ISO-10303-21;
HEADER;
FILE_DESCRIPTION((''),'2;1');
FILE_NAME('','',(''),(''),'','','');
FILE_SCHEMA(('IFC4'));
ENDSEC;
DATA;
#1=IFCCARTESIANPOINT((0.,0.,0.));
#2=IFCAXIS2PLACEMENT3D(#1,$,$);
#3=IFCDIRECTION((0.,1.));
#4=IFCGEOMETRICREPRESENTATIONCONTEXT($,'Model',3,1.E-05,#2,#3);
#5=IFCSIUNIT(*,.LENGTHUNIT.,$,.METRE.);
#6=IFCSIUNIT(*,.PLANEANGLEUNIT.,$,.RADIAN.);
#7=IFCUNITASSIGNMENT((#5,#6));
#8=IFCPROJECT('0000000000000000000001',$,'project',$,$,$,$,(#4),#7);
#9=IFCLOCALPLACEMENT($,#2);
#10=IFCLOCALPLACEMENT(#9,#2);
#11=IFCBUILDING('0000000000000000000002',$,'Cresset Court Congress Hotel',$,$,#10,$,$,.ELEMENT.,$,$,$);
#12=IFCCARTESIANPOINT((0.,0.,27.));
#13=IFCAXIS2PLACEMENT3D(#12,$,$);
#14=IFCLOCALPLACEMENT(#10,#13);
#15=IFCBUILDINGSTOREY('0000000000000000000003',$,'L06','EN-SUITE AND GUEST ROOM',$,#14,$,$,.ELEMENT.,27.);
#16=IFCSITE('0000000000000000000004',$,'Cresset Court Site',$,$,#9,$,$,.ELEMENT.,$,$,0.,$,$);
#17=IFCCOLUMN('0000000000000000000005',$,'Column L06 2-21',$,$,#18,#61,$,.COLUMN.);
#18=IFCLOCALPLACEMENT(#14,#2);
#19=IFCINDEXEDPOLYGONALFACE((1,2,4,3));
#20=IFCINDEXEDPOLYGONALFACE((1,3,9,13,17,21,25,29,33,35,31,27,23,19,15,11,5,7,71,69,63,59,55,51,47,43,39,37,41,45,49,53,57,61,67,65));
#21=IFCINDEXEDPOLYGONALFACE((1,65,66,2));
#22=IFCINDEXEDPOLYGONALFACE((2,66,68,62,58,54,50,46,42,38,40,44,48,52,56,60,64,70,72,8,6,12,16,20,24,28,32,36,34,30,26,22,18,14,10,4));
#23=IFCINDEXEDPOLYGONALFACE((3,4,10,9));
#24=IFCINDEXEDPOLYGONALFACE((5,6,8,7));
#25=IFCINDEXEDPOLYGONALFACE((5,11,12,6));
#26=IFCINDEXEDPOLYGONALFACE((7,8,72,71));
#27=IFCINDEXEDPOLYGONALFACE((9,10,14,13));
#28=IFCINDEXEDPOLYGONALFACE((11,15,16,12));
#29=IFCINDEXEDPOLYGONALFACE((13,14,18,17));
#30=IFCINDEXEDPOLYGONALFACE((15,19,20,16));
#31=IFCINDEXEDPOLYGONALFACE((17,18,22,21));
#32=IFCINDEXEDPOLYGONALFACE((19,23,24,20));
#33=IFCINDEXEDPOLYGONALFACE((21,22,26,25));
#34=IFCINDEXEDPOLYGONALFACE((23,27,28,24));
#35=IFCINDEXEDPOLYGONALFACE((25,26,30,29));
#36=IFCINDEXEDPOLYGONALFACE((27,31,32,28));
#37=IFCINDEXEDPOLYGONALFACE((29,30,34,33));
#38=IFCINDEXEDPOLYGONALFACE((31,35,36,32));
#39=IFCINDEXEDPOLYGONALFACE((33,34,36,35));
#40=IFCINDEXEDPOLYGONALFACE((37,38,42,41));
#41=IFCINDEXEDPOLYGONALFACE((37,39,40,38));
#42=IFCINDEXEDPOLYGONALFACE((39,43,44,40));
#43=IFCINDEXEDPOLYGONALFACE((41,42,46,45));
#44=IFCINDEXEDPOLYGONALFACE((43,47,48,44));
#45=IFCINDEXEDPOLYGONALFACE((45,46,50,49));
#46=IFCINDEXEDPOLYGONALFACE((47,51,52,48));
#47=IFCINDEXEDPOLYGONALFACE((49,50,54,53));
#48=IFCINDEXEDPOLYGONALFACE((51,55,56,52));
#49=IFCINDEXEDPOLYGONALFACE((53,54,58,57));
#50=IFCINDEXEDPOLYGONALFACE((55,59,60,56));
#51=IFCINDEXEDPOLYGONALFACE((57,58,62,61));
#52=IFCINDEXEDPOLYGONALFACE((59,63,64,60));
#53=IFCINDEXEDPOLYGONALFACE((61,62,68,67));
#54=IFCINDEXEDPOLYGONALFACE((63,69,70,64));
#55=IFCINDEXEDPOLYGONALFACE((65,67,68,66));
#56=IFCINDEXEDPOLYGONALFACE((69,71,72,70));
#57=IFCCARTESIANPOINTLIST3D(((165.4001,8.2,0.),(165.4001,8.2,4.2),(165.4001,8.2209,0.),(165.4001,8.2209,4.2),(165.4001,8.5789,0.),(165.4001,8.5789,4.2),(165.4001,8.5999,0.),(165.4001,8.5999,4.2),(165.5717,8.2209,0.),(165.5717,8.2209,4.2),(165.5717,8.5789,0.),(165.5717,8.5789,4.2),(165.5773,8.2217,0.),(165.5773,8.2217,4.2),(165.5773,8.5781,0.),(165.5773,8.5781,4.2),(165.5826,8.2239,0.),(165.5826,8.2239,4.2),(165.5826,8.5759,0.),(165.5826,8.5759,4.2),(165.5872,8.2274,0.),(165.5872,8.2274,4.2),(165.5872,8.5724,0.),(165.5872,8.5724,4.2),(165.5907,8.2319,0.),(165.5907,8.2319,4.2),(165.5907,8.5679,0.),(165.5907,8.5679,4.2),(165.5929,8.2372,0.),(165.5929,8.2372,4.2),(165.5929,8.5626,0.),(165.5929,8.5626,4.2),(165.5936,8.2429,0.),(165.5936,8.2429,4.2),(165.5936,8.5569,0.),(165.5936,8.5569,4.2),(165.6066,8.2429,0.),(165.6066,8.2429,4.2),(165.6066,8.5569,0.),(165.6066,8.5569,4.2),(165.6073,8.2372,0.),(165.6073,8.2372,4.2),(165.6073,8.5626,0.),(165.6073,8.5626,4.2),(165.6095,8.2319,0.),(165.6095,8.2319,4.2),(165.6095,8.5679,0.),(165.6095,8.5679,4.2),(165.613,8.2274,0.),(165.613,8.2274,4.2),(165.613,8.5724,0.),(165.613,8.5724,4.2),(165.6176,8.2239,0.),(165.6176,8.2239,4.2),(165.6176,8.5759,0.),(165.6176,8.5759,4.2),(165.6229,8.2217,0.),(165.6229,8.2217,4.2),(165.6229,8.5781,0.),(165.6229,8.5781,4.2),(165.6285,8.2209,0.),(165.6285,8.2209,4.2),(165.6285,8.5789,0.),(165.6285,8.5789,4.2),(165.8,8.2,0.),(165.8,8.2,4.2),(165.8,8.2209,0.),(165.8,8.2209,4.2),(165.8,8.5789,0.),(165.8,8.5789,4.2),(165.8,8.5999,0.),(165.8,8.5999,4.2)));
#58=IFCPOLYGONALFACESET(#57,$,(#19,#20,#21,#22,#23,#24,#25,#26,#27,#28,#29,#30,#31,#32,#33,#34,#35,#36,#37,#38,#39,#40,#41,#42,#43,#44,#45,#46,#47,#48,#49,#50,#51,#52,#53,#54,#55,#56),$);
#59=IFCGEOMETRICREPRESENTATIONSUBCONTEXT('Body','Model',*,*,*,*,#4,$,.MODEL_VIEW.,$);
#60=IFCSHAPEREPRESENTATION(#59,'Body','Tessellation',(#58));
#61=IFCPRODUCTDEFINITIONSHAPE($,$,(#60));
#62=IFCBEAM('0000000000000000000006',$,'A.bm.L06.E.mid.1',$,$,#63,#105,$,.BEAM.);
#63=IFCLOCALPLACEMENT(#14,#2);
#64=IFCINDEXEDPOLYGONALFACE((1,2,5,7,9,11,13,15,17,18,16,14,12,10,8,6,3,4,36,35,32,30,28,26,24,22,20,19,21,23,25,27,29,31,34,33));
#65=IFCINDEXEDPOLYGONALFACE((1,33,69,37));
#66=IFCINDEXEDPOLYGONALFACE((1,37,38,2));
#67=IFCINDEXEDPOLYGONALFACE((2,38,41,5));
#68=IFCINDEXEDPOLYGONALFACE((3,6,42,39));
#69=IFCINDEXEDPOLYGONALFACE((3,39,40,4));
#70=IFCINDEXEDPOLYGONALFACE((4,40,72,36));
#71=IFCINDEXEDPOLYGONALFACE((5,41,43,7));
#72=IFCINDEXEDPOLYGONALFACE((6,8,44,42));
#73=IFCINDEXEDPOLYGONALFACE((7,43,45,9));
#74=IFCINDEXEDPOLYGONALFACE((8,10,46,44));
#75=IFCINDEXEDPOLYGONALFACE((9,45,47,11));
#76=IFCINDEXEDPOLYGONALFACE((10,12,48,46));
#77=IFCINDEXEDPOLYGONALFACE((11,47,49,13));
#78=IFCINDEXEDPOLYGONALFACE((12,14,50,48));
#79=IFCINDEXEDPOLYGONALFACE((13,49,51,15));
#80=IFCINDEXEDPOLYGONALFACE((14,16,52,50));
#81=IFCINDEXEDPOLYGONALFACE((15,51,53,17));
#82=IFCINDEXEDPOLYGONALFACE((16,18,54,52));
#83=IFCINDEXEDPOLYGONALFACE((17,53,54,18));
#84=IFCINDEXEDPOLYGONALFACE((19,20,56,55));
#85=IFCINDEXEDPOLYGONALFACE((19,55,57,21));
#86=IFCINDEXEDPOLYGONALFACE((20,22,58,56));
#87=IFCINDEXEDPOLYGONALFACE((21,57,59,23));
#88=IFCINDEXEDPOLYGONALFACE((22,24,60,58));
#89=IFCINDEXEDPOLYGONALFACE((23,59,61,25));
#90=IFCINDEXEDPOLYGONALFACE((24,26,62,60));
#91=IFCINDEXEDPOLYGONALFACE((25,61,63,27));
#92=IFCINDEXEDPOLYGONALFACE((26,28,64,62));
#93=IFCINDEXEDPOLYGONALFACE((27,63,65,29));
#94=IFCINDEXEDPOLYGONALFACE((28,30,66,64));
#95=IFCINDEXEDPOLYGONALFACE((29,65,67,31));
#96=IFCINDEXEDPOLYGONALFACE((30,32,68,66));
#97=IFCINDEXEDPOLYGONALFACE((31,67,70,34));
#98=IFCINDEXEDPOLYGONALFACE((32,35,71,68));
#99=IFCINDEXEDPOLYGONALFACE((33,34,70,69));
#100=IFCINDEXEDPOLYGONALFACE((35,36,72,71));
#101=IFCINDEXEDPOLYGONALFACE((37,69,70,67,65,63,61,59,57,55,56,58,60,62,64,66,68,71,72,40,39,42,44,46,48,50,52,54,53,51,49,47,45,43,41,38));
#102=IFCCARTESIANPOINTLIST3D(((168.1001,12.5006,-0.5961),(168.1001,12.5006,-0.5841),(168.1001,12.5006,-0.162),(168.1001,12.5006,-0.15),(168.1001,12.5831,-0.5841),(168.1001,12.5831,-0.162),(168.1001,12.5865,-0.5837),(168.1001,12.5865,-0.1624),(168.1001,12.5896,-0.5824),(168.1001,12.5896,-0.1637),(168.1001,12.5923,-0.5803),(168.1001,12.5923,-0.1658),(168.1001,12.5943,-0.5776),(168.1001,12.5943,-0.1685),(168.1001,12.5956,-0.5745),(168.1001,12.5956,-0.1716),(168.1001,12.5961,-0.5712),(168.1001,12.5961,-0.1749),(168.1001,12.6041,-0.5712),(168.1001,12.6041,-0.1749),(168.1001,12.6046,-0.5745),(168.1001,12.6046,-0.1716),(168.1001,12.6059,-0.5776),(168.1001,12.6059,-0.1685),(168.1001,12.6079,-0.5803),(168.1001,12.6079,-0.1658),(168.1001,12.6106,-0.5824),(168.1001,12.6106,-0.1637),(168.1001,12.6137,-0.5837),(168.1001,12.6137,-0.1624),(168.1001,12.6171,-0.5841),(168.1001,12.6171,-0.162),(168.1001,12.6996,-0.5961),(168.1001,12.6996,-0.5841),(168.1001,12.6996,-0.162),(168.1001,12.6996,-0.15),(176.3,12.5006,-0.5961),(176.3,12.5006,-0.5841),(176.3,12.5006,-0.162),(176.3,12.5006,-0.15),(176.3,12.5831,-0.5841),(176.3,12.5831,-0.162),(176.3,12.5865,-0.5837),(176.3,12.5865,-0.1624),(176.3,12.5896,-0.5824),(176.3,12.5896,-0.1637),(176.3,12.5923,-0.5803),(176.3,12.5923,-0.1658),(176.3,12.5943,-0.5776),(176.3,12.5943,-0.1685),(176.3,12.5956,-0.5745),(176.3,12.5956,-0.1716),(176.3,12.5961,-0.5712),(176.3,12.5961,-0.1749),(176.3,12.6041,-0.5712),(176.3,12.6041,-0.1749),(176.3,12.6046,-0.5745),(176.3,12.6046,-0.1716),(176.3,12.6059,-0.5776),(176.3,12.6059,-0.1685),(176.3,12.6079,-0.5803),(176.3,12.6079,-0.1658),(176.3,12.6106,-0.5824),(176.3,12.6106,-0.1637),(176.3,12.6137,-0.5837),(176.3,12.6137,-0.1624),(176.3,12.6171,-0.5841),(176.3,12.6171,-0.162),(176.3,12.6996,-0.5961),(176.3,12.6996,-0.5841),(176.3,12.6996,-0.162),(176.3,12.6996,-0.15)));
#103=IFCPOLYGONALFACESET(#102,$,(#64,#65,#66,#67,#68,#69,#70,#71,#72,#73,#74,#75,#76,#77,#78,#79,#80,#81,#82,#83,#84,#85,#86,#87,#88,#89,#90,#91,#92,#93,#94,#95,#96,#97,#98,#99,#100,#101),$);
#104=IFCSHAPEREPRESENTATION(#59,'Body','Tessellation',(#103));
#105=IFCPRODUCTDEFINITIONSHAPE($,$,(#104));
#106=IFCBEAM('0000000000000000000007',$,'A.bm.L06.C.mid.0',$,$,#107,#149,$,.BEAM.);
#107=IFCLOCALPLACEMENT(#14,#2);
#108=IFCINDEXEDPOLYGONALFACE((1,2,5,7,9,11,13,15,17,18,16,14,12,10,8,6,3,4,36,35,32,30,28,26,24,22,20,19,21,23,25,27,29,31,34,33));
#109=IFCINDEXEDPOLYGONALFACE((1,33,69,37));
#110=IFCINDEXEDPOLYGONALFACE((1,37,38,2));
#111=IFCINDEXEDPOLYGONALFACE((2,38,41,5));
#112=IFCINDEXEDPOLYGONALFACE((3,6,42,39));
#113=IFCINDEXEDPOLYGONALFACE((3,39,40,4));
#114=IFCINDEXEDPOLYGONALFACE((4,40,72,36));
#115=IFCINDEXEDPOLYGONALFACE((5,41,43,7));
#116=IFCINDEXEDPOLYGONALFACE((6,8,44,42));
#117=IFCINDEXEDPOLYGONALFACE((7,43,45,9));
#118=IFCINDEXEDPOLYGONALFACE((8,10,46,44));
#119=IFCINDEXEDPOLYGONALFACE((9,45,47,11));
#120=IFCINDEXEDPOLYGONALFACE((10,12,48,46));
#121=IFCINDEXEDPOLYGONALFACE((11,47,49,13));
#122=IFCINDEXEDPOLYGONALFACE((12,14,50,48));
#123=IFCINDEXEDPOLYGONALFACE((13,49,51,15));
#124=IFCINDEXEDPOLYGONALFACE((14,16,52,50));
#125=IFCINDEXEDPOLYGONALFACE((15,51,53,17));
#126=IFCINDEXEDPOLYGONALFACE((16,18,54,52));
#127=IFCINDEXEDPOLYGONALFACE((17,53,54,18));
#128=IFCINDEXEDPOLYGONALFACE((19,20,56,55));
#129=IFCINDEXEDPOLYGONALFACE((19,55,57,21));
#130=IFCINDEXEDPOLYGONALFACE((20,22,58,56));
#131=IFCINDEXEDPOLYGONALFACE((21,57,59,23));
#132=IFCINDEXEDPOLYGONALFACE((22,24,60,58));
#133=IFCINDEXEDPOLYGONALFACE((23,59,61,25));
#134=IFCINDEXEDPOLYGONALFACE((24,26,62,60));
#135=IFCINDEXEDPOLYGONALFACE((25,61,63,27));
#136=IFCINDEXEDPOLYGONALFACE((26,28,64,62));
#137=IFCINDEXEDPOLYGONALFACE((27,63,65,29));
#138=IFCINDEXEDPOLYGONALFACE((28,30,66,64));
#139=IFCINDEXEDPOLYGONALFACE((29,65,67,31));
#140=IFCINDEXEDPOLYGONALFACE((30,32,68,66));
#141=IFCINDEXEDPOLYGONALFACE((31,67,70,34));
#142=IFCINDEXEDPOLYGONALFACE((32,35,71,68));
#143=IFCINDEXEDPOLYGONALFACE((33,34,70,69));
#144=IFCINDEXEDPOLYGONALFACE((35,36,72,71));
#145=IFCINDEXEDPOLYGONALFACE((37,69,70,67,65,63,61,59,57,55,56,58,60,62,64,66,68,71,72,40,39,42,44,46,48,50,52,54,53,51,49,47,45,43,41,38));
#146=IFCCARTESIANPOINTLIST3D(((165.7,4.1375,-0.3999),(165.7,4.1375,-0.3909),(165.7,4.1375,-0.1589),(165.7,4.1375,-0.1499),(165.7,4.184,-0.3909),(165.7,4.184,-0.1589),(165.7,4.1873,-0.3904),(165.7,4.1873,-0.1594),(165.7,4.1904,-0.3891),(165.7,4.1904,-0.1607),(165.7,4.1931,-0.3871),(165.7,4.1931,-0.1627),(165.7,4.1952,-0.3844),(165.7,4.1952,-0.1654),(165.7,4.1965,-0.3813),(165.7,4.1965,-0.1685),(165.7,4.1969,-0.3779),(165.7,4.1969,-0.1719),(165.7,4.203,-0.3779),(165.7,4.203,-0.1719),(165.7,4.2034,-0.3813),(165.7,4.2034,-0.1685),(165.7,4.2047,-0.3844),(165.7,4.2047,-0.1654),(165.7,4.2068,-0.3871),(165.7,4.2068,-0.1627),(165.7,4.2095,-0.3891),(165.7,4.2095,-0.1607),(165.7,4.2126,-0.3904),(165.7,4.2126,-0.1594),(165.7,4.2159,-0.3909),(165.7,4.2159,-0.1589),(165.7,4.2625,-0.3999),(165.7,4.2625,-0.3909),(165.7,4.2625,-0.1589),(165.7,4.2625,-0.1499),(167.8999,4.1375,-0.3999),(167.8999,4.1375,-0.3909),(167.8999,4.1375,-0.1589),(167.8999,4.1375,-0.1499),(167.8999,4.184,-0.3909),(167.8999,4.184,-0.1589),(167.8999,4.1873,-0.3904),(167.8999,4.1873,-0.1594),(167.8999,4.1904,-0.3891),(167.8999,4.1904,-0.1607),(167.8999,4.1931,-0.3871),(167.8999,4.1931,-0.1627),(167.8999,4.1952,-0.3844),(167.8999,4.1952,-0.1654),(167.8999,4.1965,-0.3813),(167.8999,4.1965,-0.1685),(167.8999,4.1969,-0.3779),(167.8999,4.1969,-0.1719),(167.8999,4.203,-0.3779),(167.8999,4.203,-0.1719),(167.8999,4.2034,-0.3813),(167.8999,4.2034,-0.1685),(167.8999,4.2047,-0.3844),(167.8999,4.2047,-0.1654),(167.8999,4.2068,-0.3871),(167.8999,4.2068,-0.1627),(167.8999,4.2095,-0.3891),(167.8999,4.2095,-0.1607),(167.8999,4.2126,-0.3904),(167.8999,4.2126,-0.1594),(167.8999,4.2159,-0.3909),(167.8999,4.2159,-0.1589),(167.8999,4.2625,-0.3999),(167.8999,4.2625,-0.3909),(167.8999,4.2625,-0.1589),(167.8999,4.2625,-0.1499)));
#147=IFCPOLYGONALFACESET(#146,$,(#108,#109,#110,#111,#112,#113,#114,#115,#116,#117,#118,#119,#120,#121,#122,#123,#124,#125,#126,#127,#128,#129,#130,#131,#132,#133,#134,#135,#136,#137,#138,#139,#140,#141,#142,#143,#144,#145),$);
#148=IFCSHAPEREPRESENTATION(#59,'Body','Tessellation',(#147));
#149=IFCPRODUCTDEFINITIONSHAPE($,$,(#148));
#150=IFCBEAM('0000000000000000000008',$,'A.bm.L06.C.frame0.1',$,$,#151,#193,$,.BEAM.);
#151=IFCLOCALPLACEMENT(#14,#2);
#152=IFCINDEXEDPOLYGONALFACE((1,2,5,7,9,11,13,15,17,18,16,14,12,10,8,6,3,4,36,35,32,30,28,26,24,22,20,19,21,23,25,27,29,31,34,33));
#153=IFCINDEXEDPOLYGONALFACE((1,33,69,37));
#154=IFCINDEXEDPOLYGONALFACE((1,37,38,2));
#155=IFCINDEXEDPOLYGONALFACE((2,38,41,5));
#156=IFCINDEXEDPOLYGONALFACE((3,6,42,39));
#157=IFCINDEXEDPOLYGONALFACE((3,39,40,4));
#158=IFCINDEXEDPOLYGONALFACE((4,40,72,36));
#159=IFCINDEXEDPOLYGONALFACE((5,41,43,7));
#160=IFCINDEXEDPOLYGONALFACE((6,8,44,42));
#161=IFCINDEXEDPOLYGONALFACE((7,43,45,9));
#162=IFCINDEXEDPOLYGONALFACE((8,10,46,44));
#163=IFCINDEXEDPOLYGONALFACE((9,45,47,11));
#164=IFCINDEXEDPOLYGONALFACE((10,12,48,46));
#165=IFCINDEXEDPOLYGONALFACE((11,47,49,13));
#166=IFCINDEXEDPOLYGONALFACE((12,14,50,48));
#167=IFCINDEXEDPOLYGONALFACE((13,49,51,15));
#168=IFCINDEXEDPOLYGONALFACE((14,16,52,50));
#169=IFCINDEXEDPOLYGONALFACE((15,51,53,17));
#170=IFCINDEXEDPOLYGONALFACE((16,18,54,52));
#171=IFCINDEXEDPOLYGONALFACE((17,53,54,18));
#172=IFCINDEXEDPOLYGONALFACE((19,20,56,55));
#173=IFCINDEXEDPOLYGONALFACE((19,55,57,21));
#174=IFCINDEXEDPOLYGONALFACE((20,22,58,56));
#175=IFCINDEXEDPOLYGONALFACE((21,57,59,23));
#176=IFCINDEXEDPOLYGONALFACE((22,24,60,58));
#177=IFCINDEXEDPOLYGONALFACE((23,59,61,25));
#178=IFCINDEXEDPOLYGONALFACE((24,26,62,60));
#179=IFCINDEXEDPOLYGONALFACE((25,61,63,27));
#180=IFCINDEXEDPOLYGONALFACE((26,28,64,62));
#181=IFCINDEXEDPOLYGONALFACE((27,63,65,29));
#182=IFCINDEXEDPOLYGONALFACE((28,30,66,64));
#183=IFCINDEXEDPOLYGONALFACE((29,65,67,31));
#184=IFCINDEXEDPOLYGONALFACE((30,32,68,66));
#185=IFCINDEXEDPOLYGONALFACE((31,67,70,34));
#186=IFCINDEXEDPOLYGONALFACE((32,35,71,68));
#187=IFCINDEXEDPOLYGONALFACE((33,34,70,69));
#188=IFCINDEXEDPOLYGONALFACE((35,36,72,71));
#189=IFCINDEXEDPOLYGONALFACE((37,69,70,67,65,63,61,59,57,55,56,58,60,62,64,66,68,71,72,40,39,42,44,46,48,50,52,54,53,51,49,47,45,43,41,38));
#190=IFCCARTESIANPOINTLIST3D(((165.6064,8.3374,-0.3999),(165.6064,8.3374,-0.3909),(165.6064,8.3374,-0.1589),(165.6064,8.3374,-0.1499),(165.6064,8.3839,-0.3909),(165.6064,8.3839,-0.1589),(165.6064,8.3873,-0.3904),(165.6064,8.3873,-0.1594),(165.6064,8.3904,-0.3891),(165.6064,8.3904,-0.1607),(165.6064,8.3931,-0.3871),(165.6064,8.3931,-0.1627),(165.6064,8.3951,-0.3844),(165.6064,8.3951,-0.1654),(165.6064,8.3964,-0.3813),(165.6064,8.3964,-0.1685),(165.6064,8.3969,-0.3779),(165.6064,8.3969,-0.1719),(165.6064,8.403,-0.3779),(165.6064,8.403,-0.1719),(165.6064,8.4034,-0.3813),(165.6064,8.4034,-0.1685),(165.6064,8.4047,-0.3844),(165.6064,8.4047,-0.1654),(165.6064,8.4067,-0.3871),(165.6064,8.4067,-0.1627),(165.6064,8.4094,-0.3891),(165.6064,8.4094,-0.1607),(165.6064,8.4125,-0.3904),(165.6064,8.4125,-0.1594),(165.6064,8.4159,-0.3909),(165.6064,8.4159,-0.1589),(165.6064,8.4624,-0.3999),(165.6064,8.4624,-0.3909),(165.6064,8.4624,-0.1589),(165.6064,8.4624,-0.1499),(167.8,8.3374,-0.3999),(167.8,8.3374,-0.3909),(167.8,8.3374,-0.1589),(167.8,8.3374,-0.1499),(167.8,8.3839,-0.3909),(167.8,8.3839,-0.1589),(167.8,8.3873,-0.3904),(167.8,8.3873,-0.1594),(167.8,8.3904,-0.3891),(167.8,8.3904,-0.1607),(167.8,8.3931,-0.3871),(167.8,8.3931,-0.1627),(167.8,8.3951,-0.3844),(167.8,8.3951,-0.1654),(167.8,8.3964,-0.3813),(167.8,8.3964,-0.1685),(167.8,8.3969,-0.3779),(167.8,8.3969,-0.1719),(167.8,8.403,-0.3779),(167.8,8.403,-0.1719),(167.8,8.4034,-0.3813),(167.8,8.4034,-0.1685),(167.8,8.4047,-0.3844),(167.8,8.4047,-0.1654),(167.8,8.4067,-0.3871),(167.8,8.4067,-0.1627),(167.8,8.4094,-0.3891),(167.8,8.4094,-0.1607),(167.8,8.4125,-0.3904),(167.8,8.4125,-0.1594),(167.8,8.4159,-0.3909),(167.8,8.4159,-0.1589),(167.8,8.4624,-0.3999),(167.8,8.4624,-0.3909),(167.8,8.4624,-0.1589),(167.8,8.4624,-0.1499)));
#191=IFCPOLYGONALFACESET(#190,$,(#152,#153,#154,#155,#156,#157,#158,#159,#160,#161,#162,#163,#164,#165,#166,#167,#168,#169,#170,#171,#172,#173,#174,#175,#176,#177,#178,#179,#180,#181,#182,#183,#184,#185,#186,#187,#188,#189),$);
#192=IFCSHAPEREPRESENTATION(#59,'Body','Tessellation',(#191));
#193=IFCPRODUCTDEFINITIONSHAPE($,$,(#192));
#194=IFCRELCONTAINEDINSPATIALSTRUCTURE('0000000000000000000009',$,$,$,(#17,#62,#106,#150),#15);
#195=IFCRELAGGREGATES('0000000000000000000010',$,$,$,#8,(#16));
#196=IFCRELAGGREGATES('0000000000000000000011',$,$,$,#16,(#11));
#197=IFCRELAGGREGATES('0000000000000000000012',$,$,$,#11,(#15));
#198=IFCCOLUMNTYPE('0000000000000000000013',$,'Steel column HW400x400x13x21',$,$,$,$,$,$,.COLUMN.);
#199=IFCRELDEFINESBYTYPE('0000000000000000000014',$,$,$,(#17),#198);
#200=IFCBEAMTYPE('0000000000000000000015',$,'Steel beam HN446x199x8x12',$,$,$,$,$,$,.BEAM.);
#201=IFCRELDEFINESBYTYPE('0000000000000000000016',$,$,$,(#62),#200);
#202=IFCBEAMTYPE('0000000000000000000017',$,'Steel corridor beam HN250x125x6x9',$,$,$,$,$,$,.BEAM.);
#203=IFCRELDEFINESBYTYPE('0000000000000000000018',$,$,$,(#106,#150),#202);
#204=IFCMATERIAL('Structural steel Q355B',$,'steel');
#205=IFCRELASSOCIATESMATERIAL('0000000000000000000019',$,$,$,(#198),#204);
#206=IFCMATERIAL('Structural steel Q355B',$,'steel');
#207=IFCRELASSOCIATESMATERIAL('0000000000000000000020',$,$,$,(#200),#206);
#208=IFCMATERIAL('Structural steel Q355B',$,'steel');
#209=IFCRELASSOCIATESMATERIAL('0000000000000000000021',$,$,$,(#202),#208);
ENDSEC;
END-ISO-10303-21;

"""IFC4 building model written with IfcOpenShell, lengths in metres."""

from ifc_helpers import new_model, si_unit, direction, frame, origin, origin_2d, place, context, subcontext, project, spatial, i_section, extrude, material, material_profile, profile_set, type_object, element, save


model = new_model("IFC4")

# Units and contexts
model_context = context("Model", 3, precision=1e-05, world=origin(), true_north=direction((0.0, 1.0)))
body_context = subcontext(model_context, "Body", "Model", "MODEL_VIEW")
ifc_project = project(units=[si_unit("LENGTHUNIT", "METRE"), si_unit("PLANEANGLEUNIT", "RADIAN")], contexts=[model_context])

# Site, building, storey
site_placement = place(None, origin())
site = spatial("IfcSite", under=ifc_project, at=site_placement, Name="Cresset Court Site", CompositionType="ELEMENT", RefElevation=0.0)
building_placement = place(site_placement, origin())
building = spatial("IfcBuilding", under=site, at=building_placement, Name="Cresset Court Congress Hotel", CompositionType="ELEMENT")
storey_placement = place(building_placement, frame((0.0, 0.0, 27.0)))
storey = spatial("IfcBuildingStorey", under=building, at=storey_placement, Name="L06", Description="EN-SUITE AND GUEST ROOM", CompositionType="ELEMENT", Elevation=27.0)

# Column
ifc_material_1 = material(Name="Structural steel Q355B", Category="steel")
ifc_material_profile_1 = material_profile(ifc_material_1, i_section(OverallWidth=0.3999, OverallDepth=0.3999, WebThickness=0.0129, FlangeThickness=0.021, FilletRadius=0.022, at=origin_2d()), Name="HW400x400x13x21")
ifc_profile_set_1 = profile_set([ifc_material_profile_1], Name="Structural steel Q355B")
column_type = type_object("IfcColumnType", Name="Steel column HW400x400x13x21", PredefinedType="COLUMN", material=ifc_profile_set_1)
column_placement = place(storey_placement, frame((165.6001, 8.3999, 0.0), z_axis=(0.0, 0.0, 1.0), x_axis=(1.0, 0.0, 0.0)))
element("IfcColumn", 1, at=column_placement, inside=storey, type_object=column_type, Name="Column L06 2-21", PredefinedType="COLUMN", context=body_context, shape_type="SweptSolid", body=[
    extrude(i_section(OverallWidth=0.3999, OverallDepth=0.3999, WebThickness=0.0129, FlangeThickness=0.021, FilletRadius=0.022, at=origin_2d()), origin(), (0.0, 0.0, 1.0), 4.2),
])

# Beams
ifc_material_2 = material(Name="Structural steel Q355B", Category="steel")
ifc_material_profile_2 = material_profile(ifc_material_2, i_section(OverallWidth=0.199, OverallDepth=0.446, WebThickness=0.0081, FlangeThickness=0.012, FilletRadius=0.0129, at=origin_2d()), Name="HN446x199x8x12")
ifc_profile_set_2 = profile_set([ifc_material_profile_2], Name="Structural steel Q355B")
beam_type_1 = type_object("IfcBeamType", Name="Steel beam HN446x199x8x12", PredefinedType="BEAM", material=ifc_profile_set_2)
beam_1_placement = place(storey_placement, frame((168.1001, 12.6001, -0.373), z_axis=(1.0, 0.0, 0.0), x_axis=(0.0, 1.0, 0.0)))
element("IfcBeam", 2, at=beam_1_placement, inside=storey, type_object=beam_type_1, Name="A.bm.L06.E.mid.1", PredefinedType="BEAM", context=body_context, shape_type="SweptSolid", body=[
    extrude(i_section(OverallWidth=0.199, OverallDepth=0.446, WebThickness=0.0081, FlangeThickness=0.012, FilletRadius=0.0129, at=origin_2d()), origin(), (0.0, 0.0, 1.0), 8.2),
])
ifc_material_3 = material(Name="Structural steel Q355B", Category="steel")
ifc_material_profile_3 = material_profile(ifc_material_3, i_section(OverallWidth=0.125, OverallDepth=0.25, WebThickness=0.0061, FlangeThickness=0.009, FilletRadius=0.0129, at=origin_2d()), Name="HN250x125x6x9")
ifc_profile_set_3 = profile_set([ifc_material_profile_3], Name="Structural steel Q355B")
beam_type_2 = type_object("IfcBeamType", Name="Steel corridor beam HN250x125x6x9", PredefinedType="BEAM", material=ifc_profile_set_3)
beam_2_placement = place(storey_placement, frame((165.7, 4.2, -0.2749), z_axis=(1.0, 0.0, 0.0), x_axis=(0.0, 1.0, 0.0)))
element("IfcBeam", 3, at=beam_2_placement, inside=storey, type_object=beam_type_2, Name="A.bm.L06.C.mid.0", PredefinedType="BEAM", context=body_context, shape_type="SweptSolid", body=[
    extrude(i_section(OverallWidth=0.125, OverallDepth=0.25, WebThickness=0.0061, FlangeThickness=0.009, FilletRadius=0.0129, at=origin_2d()), origin(), (0.0, 0.0, 1.0), 2.2),
])
beam_3_placement = place(storey_placement, frame((165.6064, 8.3999, -0.2749), z_axis=(1.0, 0.0, 0.0), x_axis=(0.0, 1.0, 0.0)))
element("IfcBeam", 4, at=beam_3_placement, inside=storey, type_object=beam_type_2, Name="A.bm.L06.C.frame0.1", PredefinedType="BEAM", context=body_context, shape_type="SweptSolid", body=[
    extrude(i_section(OverallWidth=0.125, OverallDepth=0.25, WebThickness=0.0061, FlangeThickness=0.009, FilletRadius=0.0129, at=origin_2d()), origin(), (0.0, 0.0, 1.0), 2.1936),
])

save(model, "model.ifc")
